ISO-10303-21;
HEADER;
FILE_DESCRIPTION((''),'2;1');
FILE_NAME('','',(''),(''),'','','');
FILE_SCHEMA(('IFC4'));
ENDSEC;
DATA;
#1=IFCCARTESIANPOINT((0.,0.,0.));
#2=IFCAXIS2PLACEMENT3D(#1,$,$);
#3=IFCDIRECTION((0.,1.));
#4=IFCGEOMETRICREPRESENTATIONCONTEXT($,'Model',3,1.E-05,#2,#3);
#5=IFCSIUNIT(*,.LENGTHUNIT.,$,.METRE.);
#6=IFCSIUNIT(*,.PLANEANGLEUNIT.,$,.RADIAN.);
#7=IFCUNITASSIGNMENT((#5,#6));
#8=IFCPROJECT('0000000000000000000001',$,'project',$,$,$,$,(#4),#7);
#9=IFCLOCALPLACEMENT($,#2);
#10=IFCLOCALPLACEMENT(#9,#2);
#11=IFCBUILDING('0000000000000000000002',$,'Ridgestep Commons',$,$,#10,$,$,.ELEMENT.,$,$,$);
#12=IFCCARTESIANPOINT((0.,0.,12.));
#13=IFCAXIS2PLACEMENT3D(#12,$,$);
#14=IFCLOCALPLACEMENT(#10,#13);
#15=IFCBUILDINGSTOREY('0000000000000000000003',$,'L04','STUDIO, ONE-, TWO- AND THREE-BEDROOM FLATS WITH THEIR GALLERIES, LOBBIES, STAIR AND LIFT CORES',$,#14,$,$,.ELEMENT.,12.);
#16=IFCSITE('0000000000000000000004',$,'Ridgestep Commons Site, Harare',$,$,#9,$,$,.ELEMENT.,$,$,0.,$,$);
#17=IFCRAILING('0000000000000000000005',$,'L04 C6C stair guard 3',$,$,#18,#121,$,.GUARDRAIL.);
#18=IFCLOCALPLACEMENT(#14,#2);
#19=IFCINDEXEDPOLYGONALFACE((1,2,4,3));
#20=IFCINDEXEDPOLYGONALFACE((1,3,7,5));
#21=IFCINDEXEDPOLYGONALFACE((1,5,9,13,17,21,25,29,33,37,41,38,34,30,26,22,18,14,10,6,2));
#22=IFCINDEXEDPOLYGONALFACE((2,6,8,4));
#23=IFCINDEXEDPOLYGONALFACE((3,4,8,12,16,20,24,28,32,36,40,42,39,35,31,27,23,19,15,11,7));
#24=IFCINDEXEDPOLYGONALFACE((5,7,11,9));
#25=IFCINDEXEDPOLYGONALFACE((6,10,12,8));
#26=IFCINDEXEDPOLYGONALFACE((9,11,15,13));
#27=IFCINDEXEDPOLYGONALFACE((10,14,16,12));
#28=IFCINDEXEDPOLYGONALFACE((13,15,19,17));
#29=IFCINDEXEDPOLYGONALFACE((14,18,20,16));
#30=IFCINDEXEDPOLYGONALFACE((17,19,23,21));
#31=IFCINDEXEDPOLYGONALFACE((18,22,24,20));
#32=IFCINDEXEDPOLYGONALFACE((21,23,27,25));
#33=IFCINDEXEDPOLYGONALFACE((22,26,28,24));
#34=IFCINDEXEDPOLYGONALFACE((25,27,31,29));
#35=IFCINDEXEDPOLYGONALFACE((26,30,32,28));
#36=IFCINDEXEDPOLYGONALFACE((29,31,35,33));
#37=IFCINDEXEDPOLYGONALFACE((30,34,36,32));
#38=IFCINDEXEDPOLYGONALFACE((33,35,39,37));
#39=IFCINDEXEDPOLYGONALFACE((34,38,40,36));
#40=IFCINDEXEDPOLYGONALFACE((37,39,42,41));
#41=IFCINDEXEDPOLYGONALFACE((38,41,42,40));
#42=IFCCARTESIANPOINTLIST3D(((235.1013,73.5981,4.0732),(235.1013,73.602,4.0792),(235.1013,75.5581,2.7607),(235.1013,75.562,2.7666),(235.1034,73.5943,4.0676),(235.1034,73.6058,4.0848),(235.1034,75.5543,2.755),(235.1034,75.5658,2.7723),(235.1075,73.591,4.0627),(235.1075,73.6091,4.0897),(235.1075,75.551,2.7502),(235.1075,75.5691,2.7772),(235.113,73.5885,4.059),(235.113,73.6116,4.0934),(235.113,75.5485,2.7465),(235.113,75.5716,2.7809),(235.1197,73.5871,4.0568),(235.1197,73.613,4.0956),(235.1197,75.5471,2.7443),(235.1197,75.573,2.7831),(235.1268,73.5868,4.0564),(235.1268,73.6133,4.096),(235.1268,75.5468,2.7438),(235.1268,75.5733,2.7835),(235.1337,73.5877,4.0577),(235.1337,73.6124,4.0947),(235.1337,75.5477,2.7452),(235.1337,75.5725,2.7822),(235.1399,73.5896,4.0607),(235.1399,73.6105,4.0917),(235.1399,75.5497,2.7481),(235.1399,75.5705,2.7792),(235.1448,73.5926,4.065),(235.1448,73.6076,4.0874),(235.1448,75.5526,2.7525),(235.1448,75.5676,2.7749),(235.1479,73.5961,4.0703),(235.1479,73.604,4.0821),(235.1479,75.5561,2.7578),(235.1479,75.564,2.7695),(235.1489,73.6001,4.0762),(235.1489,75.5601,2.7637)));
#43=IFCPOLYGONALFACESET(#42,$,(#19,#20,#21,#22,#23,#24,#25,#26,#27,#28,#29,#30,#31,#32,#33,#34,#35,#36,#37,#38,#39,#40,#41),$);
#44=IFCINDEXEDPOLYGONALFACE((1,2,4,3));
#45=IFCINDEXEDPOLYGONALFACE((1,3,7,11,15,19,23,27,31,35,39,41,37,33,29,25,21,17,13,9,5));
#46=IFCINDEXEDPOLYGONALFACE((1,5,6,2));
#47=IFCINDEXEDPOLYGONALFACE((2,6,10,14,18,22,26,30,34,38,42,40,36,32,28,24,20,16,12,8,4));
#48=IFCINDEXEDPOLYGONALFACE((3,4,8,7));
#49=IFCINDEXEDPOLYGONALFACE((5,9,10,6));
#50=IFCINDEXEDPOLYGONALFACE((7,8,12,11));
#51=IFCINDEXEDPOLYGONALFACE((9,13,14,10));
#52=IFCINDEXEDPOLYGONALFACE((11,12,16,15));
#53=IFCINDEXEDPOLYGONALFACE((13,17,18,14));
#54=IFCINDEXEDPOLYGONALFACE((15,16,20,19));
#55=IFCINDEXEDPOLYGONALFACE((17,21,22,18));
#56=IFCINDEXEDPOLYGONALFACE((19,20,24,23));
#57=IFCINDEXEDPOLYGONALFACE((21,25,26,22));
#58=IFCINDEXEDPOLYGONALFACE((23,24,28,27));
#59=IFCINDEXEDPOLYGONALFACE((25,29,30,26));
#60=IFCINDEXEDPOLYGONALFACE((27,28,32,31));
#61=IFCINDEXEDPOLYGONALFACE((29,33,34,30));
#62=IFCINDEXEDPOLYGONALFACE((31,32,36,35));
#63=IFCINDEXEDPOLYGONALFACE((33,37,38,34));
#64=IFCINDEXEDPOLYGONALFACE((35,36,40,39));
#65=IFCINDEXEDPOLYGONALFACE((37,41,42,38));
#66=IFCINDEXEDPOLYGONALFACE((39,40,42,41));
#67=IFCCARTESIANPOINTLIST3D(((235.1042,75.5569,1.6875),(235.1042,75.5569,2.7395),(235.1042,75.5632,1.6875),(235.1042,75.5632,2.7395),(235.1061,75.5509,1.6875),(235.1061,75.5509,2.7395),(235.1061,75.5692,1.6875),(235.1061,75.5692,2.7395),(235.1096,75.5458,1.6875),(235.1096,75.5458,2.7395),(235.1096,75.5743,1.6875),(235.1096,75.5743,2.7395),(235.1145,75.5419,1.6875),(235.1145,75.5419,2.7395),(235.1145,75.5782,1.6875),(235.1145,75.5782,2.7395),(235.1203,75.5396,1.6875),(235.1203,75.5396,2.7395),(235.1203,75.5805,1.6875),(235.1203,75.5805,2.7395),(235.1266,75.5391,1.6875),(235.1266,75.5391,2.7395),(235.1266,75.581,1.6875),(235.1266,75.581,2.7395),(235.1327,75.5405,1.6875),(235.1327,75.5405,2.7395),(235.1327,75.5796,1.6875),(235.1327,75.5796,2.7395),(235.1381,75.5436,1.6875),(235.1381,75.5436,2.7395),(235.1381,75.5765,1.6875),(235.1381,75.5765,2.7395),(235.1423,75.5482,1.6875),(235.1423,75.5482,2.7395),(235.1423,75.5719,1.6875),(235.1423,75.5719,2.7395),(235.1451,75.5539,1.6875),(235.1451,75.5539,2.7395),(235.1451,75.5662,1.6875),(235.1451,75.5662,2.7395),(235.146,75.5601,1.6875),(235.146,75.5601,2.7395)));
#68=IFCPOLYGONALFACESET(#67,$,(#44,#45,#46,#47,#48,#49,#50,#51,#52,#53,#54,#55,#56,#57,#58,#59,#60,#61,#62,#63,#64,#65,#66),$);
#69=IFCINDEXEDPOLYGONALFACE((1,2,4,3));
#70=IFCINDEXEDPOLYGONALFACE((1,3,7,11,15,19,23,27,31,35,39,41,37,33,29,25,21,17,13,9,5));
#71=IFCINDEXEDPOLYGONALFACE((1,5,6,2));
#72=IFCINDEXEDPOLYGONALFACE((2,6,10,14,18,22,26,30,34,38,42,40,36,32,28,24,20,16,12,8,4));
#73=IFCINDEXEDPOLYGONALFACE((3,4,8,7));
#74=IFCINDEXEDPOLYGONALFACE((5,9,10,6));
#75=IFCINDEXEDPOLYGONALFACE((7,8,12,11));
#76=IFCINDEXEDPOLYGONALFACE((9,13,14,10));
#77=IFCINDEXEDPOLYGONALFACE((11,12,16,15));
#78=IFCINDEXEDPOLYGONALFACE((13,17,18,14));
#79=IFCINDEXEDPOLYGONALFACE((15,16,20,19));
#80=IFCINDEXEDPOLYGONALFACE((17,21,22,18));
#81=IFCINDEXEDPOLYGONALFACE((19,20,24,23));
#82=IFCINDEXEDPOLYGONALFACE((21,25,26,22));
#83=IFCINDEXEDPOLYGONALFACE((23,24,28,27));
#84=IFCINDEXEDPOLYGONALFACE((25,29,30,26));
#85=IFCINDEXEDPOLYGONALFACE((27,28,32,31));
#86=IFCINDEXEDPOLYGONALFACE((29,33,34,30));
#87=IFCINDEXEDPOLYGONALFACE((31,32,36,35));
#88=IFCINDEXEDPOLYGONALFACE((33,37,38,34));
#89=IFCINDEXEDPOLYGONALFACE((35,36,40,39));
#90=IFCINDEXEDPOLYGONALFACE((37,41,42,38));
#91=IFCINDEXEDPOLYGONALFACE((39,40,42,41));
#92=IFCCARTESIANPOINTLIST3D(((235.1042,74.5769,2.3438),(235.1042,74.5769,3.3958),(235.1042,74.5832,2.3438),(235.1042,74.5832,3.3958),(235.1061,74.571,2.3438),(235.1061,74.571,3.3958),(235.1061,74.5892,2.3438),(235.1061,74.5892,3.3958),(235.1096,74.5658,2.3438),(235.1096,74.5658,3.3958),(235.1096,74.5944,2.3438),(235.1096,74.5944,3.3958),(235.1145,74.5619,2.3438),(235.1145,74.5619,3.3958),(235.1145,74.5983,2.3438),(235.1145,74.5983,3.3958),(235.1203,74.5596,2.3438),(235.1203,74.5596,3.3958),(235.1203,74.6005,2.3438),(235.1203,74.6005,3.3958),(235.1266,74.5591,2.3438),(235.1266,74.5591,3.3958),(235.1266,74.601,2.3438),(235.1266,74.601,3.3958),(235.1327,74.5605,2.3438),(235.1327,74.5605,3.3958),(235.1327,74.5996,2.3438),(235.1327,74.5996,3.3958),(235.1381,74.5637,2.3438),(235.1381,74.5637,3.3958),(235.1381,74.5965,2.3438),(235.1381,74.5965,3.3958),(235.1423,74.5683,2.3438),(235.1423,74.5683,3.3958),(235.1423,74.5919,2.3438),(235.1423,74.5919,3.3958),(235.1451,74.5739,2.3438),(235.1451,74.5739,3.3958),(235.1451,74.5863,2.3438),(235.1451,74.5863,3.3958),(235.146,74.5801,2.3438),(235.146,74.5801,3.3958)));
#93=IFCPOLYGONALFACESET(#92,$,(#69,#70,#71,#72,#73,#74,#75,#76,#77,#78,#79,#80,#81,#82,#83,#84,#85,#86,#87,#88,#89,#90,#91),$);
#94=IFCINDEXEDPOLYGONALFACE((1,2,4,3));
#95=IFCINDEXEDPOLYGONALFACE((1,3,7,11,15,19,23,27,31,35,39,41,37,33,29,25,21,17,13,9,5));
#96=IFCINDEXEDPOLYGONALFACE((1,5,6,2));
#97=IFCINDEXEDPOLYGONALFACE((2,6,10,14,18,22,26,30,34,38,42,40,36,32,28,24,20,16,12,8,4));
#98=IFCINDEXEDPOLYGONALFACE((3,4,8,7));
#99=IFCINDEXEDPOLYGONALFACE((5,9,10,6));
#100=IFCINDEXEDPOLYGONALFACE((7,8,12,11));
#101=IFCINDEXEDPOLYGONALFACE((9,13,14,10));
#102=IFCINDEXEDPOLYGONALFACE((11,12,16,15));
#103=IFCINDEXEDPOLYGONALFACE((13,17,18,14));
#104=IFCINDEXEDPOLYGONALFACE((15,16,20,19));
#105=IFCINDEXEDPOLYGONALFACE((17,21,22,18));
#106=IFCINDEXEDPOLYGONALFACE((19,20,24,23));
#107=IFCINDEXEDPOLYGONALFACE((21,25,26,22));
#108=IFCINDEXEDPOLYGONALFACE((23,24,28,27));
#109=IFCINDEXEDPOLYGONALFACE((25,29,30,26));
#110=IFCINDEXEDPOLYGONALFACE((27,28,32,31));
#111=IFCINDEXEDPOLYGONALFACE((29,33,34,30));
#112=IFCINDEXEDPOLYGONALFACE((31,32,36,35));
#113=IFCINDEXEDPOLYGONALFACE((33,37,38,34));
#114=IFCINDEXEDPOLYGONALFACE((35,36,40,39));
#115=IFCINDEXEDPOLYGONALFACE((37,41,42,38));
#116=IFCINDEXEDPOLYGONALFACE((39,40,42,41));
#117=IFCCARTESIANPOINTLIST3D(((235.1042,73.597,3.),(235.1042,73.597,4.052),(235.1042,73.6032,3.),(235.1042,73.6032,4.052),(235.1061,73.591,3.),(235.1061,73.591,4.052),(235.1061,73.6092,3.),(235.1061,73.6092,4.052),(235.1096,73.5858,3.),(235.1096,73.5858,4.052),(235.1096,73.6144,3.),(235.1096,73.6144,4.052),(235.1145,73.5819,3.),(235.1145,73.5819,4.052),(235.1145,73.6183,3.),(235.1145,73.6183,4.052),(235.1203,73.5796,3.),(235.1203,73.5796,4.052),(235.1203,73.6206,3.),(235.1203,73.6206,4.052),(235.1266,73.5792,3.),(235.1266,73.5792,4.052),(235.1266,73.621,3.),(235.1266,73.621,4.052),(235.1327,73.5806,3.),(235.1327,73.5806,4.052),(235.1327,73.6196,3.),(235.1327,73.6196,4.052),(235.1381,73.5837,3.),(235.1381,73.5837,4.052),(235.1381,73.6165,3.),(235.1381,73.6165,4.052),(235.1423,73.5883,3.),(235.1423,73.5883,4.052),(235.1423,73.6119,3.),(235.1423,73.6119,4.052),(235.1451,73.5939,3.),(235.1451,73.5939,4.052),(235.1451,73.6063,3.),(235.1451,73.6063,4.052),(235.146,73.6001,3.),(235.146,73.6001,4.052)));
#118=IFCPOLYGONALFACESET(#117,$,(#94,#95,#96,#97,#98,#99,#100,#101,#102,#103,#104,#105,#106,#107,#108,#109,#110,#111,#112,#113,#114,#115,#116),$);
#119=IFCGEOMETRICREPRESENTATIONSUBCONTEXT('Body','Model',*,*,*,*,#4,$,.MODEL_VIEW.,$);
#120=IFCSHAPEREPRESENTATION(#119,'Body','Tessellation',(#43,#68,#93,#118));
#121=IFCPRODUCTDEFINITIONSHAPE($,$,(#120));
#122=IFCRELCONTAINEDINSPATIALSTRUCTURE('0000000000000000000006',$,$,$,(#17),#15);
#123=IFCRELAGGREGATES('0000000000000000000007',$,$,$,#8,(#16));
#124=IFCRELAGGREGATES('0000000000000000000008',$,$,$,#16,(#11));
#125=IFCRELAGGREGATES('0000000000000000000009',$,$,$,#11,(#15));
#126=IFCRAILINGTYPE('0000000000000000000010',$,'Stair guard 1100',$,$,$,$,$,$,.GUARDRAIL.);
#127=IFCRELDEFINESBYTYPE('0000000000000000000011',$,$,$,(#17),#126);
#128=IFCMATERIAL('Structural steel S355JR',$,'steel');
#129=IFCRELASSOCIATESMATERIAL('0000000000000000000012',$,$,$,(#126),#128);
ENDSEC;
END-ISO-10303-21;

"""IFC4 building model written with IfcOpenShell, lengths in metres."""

from ifc_helpers import new_model, si_unit, direction, frame, origin, origin_2d, place, context, subcontext, project, spatial, circle, extrude, material, type_object, element, save


model = new_model("IFC4")

# Units and contexts
model_context = context("Model", 3, precision=1e-05, world=origin(), true_north=direction((0.0, 1.0)))
body_context = subcontext(model_context, "Body", "Model", "MODEL_VIEW")
ifc_project = project(units=[si_unit("LENGTHUNIT", "METRE"), si_unit("PLANEANGLEUNIT", "RADIAN")], contexts=[model_context])

# Site, building, storey
site_placement = place(None, origin())
site = spatial("IfcSite", under=ifc_project, at=site_placement, Name="Ridgestep Commons Site, Harare", CompositionType="ELEMENT", RefElevation=0.0)
building_placement = place(site_placement, origin())
building = spatial("IfcBuilding", under=site, at=building_placement, Name="Ridgestep Commons", CompositionType="ELEMENT")
storey_placement = place(building_placement, frame((0.0, 0.0, 12.0)))
storey = spatial("IfcBuildingStorey", under=building, at=storey_placement, Name="L04", Description="STUDIO, ONE-, TWO- AND THREE-BEDROOM FLATS WITH THEIR GALLERIES, LOBBIES, STAIR AND LIFT CORES", CompositionType="ELEMENT", Elevation=12.0)

# Railing
ifc_material_1 = material(Name="Structural steel S355JR", Category="steel")
railing_type = type_object("IfcRailingType", Name="Stair guard 1100", PredefinedType="GUARDRAIL", material=ifc_material_1)
railing_1_placement = place(storey_placement, frame((235.125, 75.5601, 1.6875)))
element("IfcRailing", 1, at=railing_1_placement, inside=storey, type_object=railing_type, Name="L04 C6C stair guard 3", PredefinedType="GUARDRAIL", context=body_context, shape_type="SweptSolid", body=[
    extrude(circle(Radius=0.0239, at=origin_2d()), frame((0.0, 0.0, 1.0762), z_axis=(0.0, -0.830902, 0.556419), x_axis=(1.0, 0.0, 0.0)), (0.0, 0.0, 1.0), 2.3589),
    extrude(circle(Radius=0.021, at=origin_2d()), origin(), (0.0, 0.0, 1.0), 1.052),
    extrude(circle(Radius=0.021, at=origin_2d()), frame((0.0, -0.98, 0.6562)), (0.0, 0.0, 1.0), 1.052),
    extrude(circle(Radius=0.021, at=origin_2d()), frame((0.0, -1.96, 1.3125)), (0.0, 0.0, 1.0), 1.052),
])

save(model, "model.ifc")
